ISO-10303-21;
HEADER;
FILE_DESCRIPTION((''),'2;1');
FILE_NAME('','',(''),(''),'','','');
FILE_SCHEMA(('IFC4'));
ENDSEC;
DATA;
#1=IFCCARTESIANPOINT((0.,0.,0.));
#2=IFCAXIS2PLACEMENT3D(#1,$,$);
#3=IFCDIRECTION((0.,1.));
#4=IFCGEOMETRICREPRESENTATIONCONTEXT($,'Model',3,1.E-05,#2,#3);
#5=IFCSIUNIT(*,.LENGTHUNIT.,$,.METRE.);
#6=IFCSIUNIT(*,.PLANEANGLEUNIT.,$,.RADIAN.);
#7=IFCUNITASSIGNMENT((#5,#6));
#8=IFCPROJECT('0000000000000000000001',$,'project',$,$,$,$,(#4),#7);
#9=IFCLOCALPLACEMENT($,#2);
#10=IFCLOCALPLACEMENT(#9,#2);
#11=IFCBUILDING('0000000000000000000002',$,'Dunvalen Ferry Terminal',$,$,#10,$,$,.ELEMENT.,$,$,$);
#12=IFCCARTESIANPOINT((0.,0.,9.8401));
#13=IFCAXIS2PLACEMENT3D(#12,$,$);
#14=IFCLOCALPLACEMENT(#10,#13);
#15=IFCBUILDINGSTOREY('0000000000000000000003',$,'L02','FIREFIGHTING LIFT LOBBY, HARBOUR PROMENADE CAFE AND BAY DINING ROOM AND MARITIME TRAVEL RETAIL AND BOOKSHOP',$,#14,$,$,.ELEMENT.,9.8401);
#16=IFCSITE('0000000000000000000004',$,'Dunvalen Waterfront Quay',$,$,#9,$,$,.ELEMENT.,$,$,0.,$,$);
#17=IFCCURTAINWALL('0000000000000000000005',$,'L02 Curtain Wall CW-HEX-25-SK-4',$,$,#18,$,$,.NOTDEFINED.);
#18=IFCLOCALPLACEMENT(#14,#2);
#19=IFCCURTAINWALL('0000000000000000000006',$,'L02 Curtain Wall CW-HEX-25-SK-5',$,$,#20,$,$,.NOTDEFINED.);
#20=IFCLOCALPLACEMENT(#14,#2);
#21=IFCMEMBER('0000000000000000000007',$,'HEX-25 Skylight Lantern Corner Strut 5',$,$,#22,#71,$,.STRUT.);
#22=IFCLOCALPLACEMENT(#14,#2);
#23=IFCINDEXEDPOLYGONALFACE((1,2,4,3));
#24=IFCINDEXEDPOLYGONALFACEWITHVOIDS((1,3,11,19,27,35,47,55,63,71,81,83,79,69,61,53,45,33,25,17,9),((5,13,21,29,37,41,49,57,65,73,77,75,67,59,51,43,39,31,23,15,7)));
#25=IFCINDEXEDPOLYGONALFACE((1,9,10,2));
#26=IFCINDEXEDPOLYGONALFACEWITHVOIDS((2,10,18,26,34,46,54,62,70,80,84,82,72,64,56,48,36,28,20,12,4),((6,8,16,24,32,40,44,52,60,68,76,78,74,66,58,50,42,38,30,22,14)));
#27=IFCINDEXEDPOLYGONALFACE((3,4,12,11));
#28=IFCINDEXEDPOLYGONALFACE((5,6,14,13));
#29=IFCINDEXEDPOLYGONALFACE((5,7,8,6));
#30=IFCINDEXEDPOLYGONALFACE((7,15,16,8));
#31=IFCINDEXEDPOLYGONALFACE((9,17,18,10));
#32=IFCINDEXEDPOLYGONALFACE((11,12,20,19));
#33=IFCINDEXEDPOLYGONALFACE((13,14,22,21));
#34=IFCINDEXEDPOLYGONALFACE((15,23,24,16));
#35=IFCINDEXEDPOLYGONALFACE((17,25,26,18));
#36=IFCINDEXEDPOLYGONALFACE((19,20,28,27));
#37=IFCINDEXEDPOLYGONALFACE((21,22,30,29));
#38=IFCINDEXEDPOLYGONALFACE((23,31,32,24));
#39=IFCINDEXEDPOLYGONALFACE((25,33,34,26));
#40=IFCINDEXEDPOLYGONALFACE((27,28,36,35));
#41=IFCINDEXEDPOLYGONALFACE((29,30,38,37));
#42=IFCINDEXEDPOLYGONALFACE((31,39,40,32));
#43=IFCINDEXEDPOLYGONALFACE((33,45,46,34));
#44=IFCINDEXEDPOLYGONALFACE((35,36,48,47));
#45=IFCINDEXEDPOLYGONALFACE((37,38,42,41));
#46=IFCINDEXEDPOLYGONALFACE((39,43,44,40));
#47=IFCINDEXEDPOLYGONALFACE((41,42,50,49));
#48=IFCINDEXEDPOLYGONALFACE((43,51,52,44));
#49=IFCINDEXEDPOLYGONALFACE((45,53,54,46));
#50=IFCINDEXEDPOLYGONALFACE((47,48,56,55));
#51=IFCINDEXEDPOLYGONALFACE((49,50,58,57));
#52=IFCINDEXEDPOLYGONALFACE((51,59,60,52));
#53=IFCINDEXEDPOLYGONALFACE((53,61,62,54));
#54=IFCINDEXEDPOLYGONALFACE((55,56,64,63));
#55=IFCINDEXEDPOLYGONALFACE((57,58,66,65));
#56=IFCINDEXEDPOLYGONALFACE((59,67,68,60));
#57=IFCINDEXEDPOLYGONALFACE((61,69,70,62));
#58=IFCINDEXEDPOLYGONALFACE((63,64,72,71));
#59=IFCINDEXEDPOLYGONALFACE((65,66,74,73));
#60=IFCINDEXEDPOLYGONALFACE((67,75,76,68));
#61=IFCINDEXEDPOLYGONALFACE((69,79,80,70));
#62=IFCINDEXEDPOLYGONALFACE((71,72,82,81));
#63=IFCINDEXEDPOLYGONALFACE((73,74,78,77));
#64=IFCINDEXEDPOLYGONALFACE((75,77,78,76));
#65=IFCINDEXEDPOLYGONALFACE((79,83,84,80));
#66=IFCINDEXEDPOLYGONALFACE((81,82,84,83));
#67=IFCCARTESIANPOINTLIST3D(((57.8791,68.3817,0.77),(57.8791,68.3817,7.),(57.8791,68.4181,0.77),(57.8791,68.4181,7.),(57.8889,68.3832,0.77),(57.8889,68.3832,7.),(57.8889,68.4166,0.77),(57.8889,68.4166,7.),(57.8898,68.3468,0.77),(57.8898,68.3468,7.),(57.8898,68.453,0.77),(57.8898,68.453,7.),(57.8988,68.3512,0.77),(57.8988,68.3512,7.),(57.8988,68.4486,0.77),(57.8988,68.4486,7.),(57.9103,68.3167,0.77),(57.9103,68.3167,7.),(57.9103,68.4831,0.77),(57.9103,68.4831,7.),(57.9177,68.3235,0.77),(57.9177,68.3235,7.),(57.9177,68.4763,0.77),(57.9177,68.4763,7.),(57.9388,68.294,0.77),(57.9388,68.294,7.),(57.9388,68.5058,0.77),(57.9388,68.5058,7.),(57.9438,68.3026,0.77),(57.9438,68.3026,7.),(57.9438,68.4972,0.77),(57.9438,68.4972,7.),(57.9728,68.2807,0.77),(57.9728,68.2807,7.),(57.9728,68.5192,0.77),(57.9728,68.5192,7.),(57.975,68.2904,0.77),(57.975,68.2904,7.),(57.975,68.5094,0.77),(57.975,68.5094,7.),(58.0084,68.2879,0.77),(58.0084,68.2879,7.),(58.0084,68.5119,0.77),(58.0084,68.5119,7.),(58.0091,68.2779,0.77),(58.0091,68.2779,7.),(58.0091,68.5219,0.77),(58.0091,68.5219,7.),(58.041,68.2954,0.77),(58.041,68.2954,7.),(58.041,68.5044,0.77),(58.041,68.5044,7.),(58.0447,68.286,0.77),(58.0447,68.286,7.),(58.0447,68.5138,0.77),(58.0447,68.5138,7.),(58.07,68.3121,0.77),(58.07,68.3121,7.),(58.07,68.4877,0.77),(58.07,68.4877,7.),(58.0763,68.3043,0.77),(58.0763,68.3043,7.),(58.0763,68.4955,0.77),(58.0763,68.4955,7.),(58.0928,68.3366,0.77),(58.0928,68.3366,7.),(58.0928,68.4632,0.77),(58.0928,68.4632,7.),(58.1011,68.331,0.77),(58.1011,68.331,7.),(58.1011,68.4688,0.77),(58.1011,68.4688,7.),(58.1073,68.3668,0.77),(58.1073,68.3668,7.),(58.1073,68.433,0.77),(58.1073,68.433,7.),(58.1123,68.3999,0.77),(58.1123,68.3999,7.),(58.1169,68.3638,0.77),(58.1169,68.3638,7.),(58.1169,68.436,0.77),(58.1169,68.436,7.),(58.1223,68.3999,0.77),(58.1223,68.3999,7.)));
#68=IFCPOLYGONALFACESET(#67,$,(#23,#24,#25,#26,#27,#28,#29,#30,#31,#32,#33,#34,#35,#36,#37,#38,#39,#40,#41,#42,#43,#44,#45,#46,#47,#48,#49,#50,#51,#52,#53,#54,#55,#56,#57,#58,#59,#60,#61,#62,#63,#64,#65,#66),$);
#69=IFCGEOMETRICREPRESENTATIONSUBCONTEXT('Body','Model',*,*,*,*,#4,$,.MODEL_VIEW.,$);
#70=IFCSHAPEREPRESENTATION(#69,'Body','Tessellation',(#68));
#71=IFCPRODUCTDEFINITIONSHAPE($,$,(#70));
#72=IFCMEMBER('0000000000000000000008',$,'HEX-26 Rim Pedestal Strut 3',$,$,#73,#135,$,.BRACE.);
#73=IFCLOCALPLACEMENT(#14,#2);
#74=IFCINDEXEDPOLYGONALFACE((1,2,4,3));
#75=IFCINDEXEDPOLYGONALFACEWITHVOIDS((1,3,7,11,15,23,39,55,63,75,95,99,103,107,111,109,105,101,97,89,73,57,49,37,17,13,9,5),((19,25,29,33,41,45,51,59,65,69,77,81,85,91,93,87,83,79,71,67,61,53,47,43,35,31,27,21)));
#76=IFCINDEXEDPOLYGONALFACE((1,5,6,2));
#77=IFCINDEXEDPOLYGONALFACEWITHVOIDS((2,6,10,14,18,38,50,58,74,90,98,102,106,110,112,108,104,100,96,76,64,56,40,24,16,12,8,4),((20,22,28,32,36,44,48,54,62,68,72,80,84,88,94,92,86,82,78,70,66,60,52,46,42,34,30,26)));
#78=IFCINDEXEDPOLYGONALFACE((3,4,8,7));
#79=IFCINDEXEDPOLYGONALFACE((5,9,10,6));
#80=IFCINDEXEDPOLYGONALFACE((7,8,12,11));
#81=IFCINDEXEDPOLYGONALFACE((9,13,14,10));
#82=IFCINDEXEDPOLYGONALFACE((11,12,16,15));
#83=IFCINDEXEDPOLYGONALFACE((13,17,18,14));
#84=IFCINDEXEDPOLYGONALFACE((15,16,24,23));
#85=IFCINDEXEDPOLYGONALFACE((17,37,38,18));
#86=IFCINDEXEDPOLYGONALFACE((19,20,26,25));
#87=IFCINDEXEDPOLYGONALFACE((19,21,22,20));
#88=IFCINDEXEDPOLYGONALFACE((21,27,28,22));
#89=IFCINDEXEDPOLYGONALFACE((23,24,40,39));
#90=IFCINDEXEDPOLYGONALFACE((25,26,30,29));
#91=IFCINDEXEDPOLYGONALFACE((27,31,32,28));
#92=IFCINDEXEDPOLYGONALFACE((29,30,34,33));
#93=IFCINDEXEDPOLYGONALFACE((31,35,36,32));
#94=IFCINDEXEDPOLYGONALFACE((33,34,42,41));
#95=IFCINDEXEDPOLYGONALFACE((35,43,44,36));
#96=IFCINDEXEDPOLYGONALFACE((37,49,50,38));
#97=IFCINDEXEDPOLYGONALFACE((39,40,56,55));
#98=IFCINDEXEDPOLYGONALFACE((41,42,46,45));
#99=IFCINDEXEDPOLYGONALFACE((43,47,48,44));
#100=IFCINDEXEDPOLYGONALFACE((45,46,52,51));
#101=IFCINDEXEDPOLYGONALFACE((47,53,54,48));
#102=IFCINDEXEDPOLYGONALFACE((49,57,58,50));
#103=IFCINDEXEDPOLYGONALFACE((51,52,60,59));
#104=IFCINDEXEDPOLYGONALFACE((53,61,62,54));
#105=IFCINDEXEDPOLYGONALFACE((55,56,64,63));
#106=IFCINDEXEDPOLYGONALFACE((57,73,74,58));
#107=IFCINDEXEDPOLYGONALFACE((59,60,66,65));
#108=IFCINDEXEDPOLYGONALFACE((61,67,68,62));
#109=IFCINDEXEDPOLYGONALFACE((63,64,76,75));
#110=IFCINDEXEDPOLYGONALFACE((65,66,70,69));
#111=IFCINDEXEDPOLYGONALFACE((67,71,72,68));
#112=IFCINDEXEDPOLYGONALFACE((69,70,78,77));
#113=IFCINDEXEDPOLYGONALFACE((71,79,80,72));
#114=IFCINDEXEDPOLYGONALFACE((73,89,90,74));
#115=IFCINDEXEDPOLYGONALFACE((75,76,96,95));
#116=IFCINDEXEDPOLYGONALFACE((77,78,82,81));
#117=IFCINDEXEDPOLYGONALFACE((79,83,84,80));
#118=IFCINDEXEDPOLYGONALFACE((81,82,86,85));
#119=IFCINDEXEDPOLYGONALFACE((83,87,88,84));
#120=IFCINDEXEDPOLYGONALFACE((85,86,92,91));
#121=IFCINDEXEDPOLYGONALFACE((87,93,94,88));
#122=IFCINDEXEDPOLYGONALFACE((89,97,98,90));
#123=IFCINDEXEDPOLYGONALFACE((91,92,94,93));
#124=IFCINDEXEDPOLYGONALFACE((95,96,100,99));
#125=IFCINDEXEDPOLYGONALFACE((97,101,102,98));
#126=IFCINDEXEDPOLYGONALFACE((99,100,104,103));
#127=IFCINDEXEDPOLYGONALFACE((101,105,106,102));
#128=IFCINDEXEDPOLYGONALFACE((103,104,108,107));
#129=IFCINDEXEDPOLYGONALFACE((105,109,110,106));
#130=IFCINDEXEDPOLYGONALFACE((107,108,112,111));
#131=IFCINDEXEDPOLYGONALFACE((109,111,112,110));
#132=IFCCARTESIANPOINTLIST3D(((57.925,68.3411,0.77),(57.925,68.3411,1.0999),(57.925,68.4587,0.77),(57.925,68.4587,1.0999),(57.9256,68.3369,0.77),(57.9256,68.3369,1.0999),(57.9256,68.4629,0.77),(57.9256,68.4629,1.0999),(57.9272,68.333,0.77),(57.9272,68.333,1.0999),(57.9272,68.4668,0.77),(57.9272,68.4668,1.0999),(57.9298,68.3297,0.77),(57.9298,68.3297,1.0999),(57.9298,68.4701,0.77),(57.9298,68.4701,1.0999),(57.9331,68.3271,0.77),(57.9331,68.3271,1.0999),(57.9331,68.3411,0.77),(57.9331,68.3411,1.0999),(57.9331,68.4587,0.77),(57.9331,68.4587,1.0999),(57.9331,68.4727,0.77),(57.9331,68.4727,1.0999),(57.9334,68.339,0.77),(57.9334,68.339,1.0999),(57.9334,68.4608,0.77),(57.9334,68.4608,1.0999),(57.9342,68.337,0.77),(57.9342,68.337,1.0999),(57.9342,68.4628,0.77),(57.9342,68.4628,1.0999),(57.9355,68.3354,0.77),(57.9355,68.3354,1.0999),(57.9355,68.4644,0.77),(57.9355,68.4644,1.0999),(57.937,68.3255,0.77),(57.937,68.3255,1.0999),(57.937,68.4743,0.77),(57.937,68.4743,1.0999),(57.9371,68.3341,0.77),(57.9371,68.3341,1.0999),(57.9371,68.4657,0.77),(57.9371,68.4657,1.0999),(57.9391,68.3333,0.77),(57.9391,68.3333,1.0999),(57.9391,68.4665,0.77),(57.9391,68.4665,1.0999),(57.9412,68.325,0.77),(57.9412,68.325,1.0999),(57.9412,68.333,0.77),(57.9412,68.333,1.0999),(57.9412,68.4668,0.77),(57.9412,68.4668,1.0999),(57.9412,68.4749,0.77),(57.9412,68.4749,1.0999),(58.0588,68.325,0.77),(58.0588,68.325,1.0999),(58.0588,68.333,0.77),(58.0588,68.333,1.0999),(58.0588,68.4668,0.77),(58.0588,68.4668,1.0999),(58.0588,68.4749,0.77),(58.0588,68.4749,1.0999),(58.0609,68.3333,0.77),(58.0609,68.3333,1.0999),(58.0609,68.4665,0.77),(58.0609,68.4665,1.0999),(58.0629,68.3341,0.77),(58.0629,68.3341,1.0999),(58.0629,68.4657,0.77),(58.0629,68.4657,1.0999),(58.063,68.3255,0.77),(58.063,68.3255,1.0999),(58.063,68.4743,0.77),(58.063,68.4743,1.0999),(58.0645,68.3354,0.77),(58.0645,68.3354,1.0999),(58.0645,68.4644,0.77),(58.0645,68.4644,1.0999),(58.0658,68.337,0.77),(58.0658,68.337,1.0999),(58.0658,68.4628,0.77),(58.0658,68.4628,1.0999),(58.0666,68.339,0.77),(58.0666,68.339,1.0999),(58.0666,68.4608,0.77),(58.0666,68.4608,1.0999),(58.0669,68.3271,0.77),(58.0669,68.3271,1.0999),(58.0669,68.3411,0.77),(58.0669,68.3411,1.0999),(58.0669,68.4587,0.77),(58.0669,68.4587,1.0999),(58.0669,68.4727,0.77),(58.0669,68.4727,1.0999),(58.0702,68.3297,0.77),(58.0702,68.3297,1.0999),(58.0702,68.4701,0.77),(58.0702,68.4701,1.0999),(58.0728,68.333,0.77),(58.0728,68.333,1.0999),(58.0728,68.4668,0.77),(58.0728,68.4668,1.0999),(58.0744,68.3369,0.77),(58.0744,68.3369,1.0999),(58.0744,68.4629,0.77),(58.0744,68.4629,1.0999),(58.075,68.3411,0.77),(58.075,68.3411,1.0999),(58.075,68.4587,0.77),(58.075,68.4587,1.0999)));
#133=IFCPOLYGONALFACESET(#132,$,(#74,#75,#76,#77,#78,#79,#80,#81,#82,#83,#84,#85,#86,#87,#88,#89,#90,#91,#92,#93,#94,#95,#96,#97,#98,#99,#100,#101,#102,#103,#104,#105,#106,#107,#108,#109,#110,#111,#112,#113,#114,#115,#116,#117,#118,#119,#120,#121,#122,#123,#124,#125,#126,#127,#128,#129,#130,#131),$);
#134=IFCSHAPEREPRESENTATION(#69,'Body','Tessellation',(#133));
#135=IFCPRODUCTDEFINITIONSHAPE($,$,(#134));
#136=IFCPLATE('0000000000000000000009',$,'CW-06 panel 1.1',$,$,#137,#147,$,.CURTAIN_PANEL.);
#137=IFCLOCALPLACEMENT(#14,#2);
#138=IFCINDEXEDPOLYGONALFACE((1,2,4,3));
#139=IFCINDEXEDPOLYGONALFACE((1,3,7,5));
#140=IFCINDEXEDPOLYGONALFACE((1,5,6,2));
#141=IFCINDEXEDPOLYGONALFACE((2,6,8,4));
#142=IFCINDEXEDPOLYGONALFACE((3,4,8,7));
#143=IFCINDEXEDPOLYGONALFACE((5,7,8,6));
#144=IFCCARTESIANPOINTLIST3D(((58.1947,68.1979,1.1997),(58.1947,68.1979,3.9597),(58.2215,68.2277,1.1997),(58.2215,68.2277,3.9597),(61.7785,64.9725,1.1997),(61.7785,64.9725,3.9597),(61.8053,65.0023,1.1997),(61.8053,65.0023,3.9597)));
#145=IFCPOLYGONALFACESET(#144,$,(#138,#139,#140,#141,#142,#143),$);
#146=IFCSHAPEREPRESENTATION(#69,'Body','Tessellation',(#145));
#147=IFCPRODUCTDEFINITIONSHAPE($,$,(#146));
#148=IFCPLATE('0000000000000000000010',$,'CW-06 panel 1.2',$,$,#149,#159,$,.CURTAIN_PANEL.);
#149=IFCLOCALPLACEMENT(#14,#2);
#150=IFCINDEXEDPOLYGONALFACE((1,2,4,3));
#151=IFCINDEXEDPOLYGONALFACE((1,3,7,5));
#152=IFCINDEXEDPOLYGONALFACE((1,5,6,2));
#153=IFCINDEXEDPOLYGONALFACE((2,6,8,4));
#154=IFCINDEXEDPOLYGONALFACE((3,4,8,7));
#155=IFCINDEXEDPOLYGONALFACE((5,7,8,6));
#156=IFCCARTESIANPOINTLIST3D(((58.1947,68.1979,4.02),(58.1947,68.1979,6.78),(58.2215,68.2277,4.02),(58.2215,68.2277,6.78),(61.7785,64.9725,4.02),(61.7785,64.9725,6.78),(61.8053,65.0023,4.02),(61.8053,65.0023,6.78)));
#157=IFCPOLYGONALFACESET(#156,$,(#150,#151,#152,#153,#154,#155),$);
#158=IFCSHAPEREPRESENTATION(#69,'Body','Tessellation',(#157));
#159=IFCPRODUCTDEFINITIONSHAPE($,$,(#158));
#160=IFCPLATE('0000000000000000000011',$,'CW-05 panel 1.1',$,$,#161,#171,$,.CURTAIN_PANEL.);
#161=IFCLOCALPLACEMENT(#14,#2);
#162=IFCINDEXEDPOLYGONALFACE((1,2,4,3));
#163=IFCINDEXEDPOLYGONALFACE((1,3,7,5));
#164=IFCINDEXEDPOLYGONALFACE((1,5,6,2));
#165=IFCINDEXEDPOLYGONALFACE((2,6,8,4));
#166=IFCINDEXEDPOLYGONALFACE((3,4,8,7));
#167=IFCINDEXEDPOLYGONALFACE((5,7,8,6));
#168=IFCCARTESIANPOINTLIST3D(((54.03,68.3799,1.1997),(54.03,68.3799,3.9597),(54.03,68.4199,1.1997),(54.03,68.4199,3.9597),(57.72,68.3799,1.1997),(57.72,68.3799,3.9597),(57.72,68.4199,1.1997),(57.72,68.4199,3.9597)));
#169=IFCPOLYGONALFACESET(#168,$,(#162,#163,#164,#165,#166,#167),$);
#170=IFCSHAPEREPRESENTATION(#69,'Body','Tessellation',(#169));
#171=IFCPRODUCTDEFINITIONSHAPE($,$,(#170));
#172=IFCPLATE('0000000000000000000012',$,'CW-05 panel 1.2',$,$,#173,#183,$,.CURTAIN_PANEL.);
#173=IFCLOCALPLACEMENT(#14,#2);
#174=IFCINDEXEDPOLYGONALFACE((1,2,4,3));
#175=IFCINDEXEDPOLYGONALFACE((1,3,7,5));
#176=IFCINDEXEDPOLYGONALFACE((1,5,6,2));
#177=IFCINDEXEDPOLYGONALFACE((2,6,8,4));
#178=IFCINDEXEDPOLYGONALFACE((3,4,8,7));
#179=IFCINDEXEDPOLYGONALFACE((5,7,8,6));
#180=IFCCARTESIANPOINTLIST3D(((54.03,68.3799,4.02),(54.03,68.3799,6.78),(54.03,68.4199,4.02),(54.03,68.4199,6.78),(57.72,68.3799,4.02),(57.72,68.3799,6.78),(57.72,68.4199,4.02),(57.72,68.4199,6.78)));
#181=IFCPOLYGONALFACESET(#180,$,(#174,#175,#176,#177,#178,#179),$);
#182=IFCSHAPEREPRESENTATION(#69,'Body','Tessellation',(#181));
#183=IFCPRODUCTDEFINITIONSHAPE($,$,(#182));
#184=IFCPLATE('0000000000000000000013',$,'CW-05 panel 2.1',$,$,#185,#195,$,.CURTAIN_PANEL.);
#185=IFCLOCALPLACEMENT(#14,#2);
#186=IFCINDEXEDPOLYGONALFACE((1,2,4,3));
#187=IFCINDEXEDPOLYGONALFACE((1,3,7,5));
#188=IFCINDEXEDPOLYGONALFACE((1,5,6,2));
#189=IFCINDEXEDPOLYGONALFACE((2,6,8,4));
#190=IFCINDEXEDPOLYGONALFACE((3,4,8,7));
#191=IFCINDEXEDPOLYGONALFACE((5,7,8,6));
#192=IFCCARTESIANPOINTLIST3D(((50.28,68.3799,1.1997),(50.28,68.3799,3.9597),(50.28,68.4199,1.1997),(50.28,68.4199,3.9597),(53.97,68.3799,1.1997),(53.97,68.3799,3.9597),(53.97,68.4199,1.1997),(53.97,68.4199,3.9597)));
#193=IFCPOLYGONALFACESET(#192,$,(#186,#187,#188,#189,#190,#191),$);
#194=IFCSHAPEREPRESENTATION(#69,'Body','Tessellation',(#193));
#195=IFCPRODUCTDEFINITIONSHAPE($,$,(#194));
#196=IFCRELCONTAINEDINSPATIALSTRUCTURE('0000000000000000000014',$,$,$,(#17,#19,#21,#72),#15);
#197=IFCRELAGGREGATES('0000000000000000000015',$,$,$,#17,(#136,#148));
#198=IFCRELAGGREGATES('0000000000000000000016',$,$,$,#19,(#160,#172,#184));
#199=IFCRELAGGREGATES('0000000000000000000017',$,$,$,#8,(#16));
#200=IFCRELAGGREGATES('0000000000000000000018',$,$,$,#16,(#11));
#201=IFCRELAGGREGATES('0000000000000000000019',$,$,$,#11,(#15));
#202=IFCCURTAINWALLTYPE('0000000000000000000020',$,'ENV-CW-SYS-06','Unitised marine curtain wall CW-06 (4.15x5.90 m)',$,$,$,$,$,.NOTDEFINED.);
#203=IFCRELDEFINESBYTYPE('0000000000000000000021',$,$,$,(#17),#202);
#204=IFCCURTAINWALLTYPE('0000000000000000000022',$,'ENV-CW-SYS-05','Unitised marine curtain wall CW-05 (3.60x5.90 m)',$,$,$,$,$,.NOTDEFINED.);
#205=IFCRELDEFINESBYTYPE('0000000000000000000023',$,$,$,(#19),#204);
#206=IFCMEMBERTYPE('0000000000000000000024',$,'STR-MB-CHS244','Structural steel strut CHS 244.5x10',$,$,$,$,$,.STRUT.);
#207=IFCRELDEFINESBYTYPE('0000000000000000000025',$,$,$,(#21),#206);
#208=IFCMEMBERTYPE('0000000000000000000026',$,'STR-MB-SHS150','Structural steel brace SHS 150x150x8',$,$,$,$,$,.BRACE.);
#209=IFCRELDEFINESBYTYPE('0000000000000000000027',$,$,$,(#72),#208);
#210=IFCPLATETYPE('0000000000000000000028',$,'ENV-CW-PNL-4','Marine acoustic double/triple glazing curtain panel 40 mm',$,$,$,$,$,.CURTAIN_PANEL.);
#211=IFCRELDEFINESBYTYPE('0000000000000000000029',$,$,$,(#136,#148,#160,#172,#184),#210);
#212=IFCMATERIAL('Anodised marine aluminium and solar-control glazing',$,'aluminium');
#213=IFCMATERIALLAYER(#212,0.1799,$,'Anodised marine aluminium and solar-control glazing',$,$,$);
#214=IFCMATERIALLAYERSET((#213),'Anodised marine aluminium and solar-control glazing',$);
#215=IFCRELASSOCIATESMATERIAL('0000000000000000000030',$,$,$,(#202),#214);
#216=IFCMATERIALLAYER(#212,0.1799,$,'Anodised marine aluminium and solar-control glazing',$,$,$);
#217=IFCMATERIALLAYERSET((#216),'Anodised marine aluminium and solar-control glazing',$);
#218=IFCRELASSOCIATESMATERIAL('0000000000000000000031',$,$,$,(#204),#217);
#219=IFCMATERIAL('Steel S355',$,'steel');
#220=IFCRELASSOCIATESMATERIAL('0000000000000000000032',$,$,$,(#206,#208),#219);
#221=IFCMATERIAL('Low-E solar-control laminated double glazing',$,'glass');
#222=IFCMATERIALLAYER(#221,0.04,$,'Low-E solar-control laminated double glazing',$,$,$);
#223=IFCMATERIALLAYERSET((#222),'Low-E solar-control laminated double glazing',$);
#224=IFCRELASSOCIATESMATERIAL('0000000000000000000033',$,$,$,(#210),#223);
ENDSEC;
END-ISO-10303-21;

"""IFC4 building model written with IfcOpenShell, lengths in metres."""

from ifc_helpers import new_model, si_unit, direction, frame, origin, origin_2d, place, context, subcontext, project, spatial, rectangle, hollow_rectangle, hollow_circle, extrude, material, layer, layer_set, material_profile, profile_set, type_object, element, aggregate, save


model = new_model("IFC4")

# Units and contexts
model_context = context("Model", 3, precision=1e-05, world=origin(), true_north=direction((0.0, 1.0)))
body_context = subcontext(model_context, "Body", "Model", "MODEL_VIEW")
ifc_project = project(units=[si_unit("LENGTHUNIT", "METRE"), si_unit("PLANEANGLEUNIT", "RADIAN")], contexts=[model_context])

# Site, building, storey
site_placement = place(None, origin())
site = spatial("IfcSite", under=ifc_project, at=site_placement, Name="Dunvalen Waterfront Quay", CompositionType="ELEMENT", RefElevation=0.0)
building_placement = place(site_placement, origin())
building = spatial("IfcBuilding", under=site, at=building_placement, Name="Dunvalen Ferry Terminal", CompositionType="ELEMENT")
storey_placement = place(building_placement, frame((0.0, 0.0, 9.8401)))
storey = spatial("IfcBuildingStorey", under=building, at=storey_placement, Name="L02", Description="FIREFIGHTING LIFT LOBBY, HARBOUR PROMENADE CAFE AND BAY DINING ROOM AND MARITIME TRAVEL RETAIL AND BOOKSHOP", CompositionType="ELEMENT", Elevation=9.8401)

# Curtain wall
ifc_material_1 = material(Name="Anodised marine aluminium and solar-control glazing", Category="aluminium")
ifc_layer_1 = layer(ifc_material_1, 0.1799, Name="Anodised marine aluminium and solar-control glazing")
ifc_layer_set_1 = layer_set([ifc_layer_1], Name="Anodised marine aluminium and solar-control glazing")
curtain_wall_type_1 = type_object("IfcCurtainWallType", Name="ENV-CW-SYS-06", Description="Unitised marine curtain wall CW-06 (4.15x5.90 m)", PredefinedType="NOTDEFINED", material=ifc_layer_set_1)
curtain_wall_1_placement = place(storey_placement, origin())
curtain_wall_1 = element("IfcCurtainWall", 1, at=curtain_wall_1_placement, inside=storey, type_object=curtain_wall_type_1, Name="L02 Curtain Wall CW-HEX-25-SK-4", PredefinedType="NOTDEFINED")

# Curtain wall
ifc_layer_2 = layer(ifc_material_1, 0.1799, Name="Anodised marine aluminium and solar-control glazing")
ifc_layer_set_2 = layer_set([ifc_layer_2], Name="Anodised marine aluminium and solar-control glazing")
curtain_wall_type_2 = type_object("IfcCurtainWallType", Name="ENV-CW-SYS-05", Description="Unitised marine curtain wall CW-05 (3.60x5.90 m)", PredefinedType="NOTDEFINED", material=ifc_layer_set_2)
curtain_wall_2_placement = place(storey_placement, origin())
curtain_wall_2 = element("IfcCurtainWall", 2, at=curtain_wall_2_placement, inside=storey, type_object=curtain_wall_type_2, Name="L02 Curtain Wall CW-HEX-25-SK-5", PredefinedType="NOTDEFINED")

# Shared definitions
ifc_material_2 = material(Name="Steel S355", Category="steel")

# Members
ifc_material_profile_1 = material_profile(ifc_material_2, hollow_circle(Radius=0.1223, WallThickness=0.01, at=origin_2d()), Name="Steel S355")
ifc_profile_set_1 = profile_set([ifc_material_profile_1], Name="Steel S355")
member_type_1 = type_object("IfcMemberType", Name="STR-MB-CHS244", Description="Structural steel strut CHS 244.5x10", PredefinedType="STRUT", material=ifc_profile_set_1)
member_1_placement = place(storey_placement, frame((58.0, 68.3999, 0.77), z_axis=(0.0, 0.0, 1.0), x_axis=(1.0, 0.0, 0.0)))
element("IfcMember", 3, at=member_1_placement, inside=storey, type_object=member_type_1, Name="HEX-25 Skylight Lantern Corner Strut 5", PredefinedType="STRUT", context=body_context, shape_type="SweptSolid", body=[
    extrude(hollow_circle(Radius=0.1223, WallThickness=0.01, at=origin_2d()), origin(), (0.0, 0.0, 1.0), 6.23),
])
ifc_material_profile_2 = material_profile(ifc_material_2, hollow_rectangle(XDim=0.1499, YDim=0.1499, WallThickness=0.0081, InnerFilletRadius=0.0081, OuterFilletRadius=0.0161, at=origin_2d()), Name="Steel S355")
ifc_profile_set_2 = profile_set([ifc_material_profile_2], Name="Steel S355")
member_type_2 = type_object("IfcMemberType", Name="STR-MB-SHS150", Description="Structural steel brace SHS 150x150x8", PredefinedType="BRACE", material=ifc_profile_set_2)
member_2_placement = place(storey_placement, frame((58.0, 68.3999, 0.77), z_axis=(0.0, 0.0, 1.0), x_axis=(1.0, 0.0, 0.0)))
element("IfcMember", 4, at=member_2_placement, inside=storey, type_object=member_type_2, Name="HEX-26 Rim Pedestal Strut 3", PredefinedType="BRACE", context=body_context, shape_type="SweptSolid", body=[
    extrude(hollow_rectangle(XDim=0.1499, YDim=0.1499, WallThickness=0.0081, InnerFilletRadius=0.0081, OuterFilletRadius=0.0161, at=origin_2d()), origin(), (0.0, 0.0, 1.0), 0.3298),
])

# Plates
ifc_material_3 = material(Name="Low-E solar-control laminated double glazing", Category="glass")
ifc_layer_3 = layer(ifc_material_3, 0.04, Name="Low-E solar-control laminated double glazing")
ifc_layer_set_3 = layer_set([ifc_layer_3], Name="Low-E solar-control laminated double glazing")
plate_type_1 = type_object("IfcPlateType", Name="ENV-CW-PNL-4", Description="Marine acoustic double/triple glazing curtain panel 40 mm", PredefinedType="CURTAIN_PANEL", material=ifc_layer_set_3)
plate_1_placement = place(storey_placement, frame((60.0, 66.6001, 1.1997), z_axis=(0.0, 0.0, 1.0), x_axis=(-0.743304, 0.668954, 0.0)))
plate_1 = element("IfcPlate", 5, at=plate_1_placement, type_object=plate_type_1, Name="CW-06 panel 1.1", PredefinedType="CURTAIN_PANEL", context=body_context, shape_type="SweptSolid", body=[
    extrude(rectangle(XDim=4.8215, YDim=0.04, at=origin_2d()), origin(), (0.0, 0.0, 1.0), 2.76),
])
plate_2_placement = place(storey_placement, frame((60.0, 66.6001, 4.02), z_axis=(0.0, 0.0, 1.0), x_axis=(-0.743304, 0.668954, 0.0)))
plate_2 = element("IfcPlate", 6, at=plate_2_placement, type_object=plate_type_1, Name="CW-06 panel 1.2", PredefinedType="CURTAIN_PANEL", context=body_context, shape_type="SweptSolid", body=[
    extrude(rectangle(XDim=4.8215, YDim=0.04, at=origin_2d()), origin(), (0.0, 0.0, 1.0), 2.76),
])
aggregate(curtain_wall_1, [plate_1, plate_2])
plate_3_placement = place(storey_placement, frame((55.875, 68.3999, 1.1997), z_axis=(0.0, 0.0, 1.0), x_axis=(-1.0, 0.0, 0.0)))
plate_3 = element("IfcPlate", 7, at=plate_3_placement, type_object=plate_type_1, Name="CW-05 panel 1.1", PredefinedType="CURTAIN_PANEL", context=body_context, shape_type="SweptSolid", body=[
    extrude(rectangle(XDim=3.6899, YDim=0.04, at=origin_2d()), origin(), (0.0, 0.0, 1.0), 2.76),
])
plate_4_placement = place(storey_placement, frame((55.875, 68.3999, 4.02), z_axis=(0.0, 0.0, 1.0), x_axis=(-1.0, 0.0, 0.0)))
plate_4 = element("IfcPlate", 8, at=plate_4_placement, type_object=plate_type_1, Name="CW-05 panel 1.2", PredefinedType="CURTAIN_PANEL", context=body_context, shape_type="SweptSolid", body=[
    extrude(rectangle(XDim=3.6899, YDim=0.04, at=origin_2d()), origin(), (0.0, 0.0, 1.0), 2.76),
])
plate_5_placement = place(storey_placement, frame((52.125, 68.3999, 1.1997), z_axis=(0.0, 0.0, 1.0), x_axis=(-1.0, 0.0, 0.0)))
plate_5 = element("IfcPlate", 9, at=plate_5_placement, type_object=plate_type_1, Name="CW-05 panel 2.1", PredefinedType="CURTAIN_PANEL", context=body_context, shape_type="SweptSolid", body=[
    extrude(rectangle(XDim=3.6899, YDim=0.04, at=origin_2d()), origin(), (0.0, 0.0, 1.0), 2.76),
])
aggregate(curtain_wall_2, [plate_3, plate_4, plate_5])

save(model, "model.ifc")
